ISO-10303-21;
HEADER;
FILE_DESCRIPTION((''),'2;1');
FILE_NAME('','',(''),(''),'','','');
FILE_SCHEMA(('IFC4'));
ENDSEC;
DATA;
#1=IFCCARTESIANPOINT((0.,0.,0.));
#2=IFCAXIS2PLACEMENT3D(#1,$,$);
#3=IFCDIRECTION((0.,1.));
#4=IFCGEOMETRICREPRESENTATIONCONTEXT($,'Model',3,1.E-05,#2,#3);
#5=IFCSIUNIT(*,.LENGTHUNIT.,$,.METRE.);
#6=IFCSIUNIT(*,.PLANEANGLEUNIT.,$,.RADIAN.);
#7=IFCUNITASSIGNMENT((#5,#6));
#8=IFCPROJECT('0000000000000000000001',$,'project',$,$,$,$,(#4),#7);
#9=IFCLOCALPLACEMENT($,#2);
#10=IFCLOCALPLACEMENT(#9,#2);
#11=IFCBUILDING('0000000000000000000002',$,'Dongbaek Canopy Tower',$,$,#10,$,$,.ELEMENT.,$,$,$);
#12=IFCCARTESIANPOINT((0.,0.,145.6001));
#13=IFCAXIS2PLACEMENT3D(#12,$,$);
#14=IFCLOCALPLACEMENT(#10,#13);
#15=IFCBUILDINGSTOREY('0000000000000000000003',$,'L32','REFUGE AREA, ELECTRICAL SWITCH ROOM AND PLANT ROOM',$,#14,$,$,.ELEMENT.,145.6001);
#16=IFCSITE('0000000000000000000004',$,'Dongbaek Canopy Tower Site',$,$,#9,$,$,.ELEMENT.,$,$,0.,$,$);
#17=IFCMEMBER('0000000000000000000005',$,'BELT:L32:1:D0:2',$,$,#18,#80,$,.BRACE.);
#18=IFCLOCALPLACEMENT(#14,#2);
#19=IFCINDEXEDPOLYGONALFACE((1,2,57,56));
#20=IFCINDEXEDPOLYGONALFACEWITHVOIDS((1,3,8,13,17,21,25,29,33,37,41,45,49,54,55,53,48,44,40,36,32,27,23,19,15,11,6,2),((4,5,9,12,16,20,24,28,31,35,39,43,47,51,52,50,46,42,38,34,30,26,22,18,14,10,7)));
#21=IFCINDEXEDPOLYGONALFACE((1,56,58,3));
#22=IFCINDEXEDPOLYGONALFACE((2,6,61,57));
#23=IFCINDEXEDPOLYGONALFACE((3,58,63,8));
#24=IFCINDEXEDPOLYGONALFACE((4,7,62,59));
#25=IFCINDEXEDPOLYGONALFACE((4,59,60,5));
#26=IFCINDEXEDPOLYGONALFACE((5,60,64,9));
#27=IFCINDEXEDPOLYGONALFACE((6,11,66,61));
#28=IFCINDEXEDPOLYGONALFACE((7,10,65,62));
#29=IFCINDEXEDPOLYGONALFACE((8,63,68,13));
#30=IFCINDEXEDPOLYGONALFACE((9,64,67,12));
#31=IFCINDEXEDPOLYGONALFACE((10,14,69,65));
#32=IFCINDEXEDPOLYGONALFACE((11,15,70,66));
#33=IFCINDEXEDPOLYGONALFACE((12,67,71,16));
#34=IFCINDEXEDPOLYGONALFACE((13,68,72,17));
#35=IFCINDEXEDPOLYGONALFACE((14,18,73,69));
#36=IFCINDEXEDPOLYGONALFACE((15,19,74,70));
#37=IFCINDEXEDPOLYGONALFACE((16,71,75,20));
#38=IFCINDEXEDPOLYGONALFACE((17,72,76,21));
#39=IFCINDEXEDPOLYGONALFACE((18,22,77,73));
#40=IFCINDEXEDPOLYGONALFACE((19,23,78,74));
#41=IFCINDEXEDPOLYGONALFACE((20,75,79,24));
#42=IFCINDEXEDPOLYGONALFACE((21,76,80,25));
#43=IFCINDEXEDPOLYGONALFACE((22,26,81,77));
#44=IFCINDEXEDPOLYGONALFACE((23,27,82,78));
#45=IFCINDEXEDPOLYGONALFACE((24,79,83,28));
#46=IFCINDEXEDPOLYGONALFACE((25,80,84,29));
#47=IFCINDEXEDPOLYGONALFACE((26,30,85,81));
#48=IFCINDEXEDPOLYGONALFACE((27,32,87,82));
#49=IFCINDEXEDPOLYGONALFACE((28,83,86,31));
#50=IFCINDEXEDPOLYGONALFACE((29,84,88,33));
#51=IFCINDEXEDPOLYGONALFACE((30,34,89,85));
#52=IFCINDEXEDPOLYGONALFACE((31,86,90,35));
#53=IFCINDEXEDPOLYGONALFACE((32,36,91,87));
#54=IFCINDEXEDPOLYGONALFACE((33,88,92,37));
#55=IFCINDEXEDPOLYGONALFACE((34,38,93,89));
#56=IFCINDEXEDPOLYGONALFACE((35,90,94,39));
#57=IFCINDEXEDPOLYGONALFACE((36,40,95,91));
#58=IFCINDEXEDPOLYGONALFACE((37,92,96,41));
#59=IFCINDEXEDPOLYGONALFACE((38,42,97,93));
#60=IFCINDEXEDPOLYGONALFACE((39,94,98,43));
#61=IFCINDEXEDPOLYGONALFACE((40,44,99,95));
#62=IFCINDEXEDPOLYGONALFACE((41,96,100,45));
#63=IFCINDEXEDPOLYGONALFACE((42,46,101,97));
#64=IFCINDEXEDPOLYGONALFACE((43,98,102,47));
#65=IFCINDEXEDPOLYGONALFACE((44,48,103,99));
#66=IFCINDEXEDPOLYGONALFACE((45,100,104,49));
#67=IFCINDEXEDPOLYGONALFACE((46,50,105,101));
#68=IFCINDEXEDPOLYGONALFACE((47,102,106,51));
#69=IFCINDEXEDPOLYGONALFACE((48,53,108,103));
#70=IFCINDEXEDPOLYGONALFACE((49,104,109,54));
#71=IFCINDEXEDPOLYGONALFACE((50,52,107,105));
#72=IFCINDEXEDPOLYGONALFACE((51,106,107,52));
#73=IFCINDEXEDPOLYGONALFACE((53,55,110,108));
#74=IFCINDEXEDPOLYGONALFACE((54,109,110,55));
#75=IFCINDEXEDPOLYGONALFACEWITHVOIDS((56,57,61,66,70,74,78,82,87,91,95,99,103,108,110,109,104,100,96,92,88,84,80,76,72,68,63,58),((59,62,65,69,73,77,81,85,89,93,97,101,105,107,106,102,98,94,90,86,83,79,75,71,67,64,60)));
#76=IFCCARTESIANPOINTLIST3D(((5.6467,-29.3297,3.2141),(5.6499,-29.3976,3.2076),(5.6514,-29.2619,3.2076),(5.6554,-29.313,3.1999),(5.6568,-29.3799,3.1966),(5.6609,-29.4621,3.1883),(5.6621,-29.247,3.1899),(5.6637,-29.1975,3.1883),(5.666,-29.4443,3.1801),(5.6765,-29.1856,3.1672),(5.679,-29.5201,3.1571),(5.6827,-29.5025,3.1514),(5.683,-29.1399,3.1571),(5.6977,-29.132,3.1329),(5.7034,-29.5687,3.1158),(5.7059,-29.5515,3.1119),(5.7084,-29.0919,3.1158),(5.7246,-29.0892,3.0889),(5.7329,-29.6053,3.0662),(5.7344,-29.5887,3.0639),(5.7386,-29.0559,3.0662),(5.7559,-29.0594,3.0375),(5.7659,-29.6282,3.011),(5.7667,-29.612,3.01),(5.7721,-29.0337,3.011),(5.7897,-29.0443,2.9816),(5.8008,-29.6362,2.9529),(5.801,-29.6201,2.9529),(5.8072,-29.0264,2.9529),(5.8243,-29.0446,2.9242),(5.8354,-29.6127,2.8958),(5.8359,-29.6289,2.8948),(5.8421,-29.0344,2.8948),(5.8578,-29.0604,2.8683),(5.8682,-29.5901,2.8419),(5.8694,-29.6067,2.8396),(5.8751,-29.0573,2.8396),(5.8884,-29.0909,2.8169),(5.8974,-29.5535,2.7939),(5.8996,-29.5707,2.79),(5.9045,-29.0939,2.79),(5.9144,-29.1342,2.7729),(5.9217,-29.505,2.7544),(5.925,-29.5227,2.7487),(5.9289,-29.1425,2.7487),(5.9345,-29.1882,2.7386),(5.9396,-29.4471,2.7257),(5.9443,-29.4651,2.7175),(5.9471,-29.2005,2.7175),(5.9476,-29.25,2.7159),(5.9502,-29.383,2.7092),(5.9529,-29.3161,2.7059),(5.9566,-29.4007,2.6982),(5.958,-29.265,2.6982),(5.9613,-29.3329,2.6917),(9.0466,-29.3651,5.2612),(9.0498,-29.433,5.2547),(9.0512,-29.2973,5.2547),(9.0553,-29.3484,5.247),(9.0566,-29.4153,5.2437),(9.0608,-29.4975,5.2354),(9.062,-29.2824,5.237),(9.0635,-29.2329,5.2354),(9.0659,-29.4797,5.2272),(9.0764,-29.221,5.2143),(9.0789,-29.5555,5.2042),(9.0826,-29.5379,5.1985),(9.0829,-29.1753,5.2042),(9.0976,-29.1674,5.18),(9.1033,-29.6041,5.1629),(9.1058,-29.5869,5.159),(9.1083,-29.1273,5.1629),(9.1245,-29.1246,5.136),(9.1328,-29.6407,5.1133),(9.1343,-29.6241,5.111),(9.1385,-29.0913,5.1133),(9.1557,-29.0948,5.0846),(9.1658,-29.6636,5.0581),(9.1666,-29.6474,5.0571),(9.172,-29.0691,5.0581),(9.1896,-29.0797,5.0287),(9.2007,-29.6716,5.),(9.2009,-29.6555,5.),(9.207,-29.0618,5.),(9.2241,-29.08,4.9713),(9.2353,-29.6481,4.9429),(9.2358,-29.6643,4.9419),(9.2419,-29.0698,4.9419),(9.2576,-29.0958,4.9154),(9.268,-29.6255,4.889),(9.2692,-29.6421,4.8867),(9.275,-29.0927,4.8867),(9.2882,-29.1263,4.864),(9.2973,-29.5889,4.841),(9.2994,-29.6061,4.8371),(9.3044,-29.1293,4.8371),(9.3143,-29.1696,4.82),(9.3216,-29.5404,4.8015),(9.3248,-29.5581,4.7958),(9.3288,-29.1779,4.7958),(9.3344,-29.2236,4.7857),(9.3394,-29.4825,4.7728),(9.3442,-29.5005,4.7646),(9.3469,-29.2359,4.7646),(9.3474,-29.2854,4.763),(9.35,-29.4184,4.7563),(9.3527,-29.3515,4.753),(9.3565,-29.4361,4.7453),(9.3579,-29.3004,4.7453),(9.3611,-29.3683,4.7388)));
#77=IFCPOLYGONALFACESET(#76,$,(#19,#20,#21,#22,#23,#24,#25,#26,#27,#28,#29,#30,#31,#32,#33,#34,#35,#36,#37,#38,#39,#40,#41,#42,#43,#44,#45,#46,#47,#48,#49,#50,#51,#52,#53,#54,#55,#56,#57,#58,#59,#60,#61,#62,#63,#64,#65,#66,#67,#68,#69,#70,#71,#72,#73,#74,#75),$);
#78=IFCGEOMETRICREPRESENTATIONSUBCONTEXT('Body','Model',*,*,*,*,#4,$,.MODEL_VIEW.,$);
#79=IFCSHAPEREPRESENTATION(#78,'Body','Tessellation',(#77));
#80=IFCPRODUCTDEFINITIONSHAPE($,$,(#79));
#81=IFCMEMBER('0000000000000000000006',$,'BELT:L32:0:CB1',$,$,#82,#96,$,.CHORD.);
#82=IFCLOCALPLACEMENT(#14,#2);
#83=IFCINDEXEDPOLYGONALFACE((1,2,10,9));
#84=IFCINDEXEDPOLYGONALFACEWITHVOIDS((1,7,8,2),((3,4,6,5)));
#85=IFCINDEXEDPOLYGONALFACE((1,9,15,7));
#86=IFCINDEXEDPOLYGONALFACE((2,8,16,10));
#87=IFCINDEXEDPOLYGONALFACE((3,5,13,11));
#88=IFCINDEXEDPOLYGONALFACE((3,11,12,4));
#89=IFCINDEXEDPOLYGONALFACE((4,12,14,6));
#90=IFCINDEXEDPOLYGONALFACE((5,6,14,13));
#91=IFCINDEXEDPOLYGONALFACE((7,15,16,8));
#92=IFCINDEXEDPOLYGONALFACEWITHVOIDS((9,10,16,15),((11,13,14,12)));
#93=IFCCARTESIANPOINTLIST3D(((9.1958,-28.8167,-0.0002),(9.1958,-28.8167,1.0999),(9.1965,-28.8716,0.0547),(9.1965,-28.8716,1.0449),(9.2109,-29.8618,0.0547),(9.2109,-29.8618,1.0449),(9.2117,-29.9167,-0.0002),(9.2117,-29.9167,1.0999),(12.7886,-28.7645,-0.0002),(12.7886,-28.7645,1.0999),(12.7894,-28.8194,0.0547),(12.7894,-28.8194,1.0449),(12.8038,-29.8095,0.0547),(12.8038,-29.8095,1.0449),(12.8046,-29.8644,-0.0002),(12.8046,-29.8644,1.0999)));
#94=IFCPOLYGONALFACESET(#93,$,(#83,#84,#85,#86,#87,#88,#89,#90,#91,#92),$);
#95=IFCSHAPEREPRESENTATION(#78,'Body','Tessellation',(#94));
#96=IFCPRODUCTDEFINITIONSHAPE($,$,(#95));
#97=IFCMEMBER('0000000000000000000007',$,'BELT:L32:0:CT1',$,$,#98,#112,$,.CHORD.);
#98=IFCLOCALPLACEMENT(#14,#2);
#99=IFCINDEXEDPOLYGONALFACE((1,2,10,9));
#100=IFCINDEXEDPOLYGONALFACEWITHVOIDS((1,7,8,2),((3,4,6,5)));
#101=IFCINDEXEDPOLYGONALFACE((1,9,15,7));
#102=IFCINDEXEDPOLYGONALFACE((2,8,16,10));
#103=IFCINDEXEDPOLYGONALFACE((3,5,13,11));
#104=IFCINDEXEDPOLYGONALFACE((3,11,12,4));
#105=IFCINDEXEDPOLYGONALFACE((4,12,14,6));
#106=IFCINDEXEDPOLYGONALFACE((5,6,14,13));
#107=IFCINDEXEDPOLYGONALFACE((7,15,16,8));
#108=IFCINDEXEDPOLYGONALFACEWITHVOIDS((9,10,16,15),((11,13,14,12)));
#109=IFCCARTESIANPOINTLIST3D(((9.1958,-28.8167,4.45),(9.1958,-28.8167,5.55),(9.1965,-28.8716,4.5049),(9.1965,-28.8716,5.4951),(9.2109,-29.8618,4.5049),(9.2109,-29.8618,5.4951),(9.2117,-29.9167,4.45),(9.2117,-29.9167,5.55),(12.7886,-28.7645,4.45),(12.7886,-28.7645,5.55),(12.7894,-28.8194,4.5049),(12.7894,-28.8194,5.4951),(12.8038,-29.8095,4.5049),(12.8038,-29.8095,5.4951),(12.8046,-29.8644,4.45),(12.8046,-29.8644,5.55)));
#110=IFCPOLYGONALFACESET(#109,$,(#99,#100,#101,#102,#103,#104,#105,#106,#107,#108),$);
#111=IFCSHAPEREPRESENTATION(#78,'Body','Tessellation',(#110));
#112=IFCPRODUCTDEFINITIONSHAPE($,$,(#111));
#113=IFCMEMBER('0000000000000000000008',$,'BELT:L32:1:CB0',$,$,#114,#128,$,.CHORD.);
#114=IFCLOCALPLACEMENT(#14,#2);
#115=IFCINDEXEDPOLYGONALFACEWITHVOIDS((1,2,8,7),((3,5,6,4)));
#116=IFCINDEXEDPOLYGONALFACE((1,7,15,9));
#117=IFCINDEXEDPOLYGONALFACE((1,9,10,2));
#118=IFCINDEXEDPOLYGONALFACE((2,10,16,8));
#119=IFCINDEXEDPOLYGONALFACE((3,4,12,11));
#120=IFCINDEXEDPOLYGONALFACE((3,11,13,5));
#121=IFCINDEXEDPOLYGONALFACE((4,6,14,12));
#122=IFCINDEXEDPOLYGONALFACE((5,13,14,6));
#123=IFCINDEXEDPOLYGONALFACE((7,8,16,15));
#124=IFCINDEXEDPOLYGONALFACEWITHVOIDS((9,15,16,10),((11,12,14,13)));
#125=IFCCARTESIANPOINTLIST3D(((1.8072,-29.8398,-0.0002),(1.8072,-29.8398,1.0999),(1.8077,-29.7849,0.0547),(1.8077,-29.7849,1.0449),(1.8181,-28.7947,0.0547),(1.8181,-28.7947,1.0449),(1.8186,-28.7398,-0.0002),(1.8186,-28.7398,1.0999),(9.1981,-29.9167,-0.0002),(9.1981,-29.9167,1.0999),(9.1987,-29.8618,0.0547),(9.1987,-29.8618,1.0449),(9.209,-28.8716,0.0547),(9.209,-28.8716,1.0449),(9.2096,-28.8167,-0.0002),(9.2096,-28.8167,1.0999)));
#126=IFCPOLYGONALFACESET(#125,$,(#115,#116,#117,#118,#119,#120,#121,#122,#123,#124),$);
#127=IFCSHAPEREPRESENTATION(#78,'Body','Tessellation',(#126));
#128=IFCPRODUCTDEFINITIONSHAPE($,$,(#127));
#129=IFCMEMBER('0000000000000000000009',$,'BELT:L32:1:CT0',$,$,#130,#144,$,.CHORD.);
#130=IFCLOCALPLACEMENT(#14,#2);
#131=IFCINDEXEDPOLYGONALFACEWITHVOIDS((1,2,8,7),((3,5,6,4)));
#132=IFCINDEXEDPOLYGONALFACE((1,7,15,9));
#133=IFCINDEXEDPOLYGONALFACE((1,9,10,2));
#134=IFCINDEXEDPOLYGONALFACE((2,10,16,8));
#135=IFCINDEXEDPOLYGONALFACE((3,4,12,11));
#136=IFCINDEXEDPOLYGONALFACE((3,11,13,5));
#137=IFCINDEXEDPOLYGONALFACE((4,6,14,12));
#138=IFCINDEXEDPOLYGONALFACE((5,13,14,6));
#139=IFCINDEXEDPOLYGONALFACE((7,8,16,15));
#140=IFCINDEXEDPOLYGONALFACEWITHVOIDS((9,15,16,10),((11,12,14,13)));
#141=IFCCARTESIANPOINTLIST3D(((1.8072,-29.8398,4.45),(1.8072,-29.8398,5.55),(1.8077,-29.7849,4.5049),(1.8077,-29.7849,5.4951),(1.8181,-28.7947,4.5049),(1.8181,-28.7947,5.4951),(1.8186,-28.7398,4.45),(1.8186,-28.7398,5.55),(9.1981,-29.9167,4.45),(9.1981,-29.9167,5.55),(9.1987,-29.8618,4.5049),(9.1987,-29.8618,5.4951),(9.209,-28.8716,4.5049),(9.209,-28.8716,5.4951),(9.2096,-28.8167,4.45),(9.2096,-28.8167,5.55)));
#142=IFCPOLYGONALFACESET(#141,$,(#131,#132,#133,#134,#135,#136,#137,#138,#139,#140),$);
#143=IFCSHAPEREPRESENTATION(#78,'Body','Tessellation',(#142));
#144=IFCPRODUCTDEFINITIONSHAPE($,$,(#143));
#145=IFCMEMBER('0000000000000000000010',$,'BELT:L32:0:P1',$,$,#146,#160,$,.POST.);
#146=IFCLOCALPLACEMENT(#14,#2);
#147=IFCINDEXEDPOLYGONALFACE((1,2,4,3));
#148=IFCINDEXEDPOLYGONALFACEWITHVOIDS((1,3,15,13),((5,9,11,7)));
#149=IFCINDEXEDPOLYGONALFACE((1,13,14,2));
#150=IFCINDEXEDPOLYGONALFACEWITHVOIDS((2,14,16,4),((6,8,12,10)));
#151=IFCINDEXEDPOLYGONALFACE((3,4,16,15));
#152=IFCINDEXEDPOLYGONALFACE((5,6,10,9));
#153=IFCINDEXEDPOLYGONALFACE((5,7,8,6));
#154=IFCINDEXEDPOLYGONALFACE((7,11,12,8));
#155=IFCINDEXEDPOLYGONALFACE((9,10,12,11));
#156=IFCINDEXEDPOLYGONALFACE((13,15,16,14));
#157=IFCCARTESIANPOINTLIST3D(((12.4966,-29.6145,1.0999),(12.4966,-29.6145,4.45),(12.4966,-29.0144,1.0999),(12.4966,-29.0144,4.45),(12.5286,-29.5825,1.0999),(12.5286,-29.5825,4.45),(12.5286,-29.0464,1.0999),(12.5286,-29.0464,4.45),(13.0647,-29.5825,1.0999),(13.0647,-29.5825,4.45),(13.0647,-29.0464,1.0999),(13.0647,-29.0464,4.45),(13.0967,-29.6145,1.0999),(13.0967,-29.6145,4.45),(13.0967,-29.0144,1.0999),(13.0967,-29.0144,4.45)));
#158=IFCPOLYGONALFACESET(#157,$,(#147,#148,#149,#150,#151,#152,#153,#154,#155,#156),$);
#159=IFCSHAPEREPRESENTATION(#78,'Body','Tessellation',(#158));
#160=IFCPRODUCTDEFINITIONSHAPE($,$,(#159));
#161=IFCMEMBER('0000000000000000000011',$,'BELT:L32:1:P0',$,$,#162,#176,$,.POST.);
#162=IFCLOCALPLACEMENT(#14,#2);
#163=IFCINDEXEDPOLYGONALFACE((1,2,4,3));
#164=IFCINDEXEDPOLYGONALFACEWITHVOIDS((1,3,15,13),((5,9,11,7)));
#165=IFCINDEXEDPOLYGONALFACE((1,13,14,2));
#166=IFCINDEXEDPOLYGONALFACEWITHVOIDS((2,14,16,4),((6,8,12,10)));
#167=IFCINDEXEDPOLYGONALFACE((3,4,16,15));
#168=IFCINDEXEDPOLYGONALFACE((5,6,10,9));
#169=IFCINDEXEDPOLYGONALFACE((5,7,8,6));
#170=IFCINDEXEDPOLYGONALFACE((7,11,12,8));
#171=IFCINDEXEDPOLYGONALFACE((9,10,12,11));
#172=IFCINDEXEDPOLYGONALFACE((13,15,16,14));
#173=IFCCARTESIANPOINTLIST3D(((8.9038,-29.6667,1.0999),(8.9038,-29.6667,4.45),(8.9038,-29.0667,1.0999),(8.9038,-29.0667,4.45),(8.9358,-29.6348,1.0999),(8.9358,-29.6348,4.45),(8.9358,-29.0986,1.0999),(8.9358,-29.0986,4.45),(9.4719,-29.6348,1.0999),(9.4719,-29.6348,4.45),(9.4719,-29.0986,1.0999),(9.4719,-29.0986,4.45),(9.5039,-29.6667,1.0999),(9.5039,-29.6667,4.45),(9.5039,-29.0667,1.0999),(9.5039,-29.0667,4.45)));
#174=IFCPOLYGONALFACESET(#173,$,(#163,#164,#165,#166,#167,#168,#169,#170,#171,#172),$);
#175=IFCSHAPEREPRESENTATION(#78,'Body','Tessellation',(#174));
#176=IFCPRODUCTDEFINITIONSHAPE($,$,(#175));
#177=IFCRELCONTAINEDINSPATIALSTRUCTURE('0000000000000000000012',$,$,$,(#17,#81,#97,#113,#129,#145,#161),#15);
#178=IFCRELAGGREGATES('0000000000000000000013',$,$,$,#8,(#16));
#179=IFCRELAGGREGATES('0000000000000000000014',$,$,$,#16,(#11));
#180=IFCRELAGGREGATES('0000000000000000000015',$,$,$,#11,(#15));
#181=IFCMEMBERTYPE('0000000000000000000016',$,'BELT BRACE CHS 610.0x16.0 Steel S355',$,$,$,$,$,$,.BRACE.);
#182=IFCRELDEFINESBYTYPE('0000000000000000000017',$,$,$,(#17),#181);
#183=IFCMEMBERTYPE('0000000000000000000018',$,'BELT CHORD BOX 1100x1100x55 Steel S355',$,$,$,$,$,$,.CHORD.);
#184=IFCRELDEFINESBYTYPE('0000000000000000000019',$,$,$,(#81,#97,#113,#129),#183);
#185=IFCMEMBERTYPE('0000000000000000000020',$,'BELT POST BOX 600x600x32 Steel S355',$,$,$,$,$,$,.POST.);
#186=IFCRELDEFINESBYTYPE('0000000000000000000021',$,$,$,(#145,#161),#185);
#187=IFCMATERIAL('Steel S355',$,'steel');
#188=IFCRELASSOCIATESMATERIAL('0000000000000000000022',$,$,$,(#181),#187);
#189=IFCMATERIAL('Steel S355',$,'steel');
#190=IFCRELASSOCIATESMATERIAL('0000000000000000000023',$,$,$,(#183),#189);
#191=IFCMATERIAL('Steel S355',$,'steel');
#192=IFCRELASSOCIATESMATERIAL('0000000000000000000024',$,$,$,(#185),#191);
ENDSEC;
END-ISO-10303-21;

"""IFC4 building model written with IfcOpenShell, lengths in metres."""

from ifc_helpers import new_model, si_unit, direction, frame, origin, origin_2d, place, context, subcontext, project, spatial, hollow_rectangle, hollow_circle, extrude, material, material_profile, profile_set, type_object, element, save


model = new_model("IFC4")

# Units and contexts
model_context = context("Model", 3, precision=1e-05, world=origin(), true_north=direction((0.0, 1.0)))
body_context = subcontext(model_context, "Body", "Model", "MODEL_VIEW")
ifc_project = project(units=[si_unit("LENGTHUNIT", "METRE"), si_unit("PLANEANGLEUNIT", "RADIAN")], contexts=[model_context])

# Site, building, storey
site_placement = place(None, origin())
site = spatial("IfcSite", under=ifc_project, at=site_placement, Name="Dongbaek Canopy Tower Site", CompositionType="ELEMENT", RefElevation=0.0)
building_placement = place(site_placement, origin())
building = spatial("IfcBuilding", under=site, at=building_placement, Name="Dongbaek Canopy Tower", CompositionType="ELEMENT")
storey_placement = place(building_placement, frame((0.0, 0.0, 145.6001)))
storey = spatial("IfcBuildingStorey", under=building, at=storey_placement, Name="L32", Description="REFUGE AREA, ELECTRICAL SWITCH ROOM AND PLANT ROOM", CompositionType="ELEMENT", Elevation=145.6001)

# Members
ifc_material_1 = material(Name="Steel S355", Category="steel")
ifc_material_profile_1 = material_profile(ifc_material_1, hollow_circle(Radius=0.3049, WallThickness=0.0161, at=origin_2d()), Name="BELT BRACE CHS 610.0x16.0 Steel S355")
ifc_profile_set_1 = profile_set([ifc_material_profile_1], Name="Steel S355")
member_type_1 = type_object("IfcMemberType", Name="BELT BRACE CHS 610.0x16.0 Steel S355", PredefinedType="BRACE", material=ifc_profile_set_1)
member_1_placement = place(storey_placement, frame((9.2039, -29.3667, 5.0), z_axis=(-0.85666, 0.00892, -0.515804), x_axis=(-0.010412, -0.999946, 0.0)))
element("IfcMember", 1, at=member_1_placement, inside=storey, type_object=member_type_1, Name="BELT:L32:1:D0:2", PredefinedType="BRACE", context=body_context, shape_type="SweptSolid", body=[
    extrude(hollow_circle(Radius=0.3049, WallThickness=0.0161, at=origin_2d()), origin(), (0.0, 0.0, 1.0), 3.9688),
])
ifc_material_2 = material(Name="Steel S355", Category="steel")
ifc_material_profile_2 = material_profile(ifc_material_2, hollow_rectangle(XDim=1.1001, YDim=1.1001, WallThickness=0.0549, at=origin_2d()), Name="BELT CHORD BOX 1100x1100x55 Steel S355")
ifc_profile_set_2 = profile_set([ifc_material_profile_2], Name="Steel S355")
member_type_2 = type_object("IfcMemberType", Name="BELT CHORD BOX 1100x1100x55 Steel S355", PredefinedType="CHORD", material=ifc_profile_set_2)
for number, where, z_axis, x_axis, name in (
    (2, (12.7966, -29.3145, 0.5498), (-0.999894, -0.01454, 0.0), (0.01454, -0.999894, 0.0), "BELT:L32:0:CB1"),
    (3, (12.7966, -29.3145, 5.0), (-0.999894, -0.01454, 0.0), (0.01454, -0.999894, 0.0), "BELT:L32:0:CT1"),
):
    element("IfcMember", number, at=place(storey_placement, frame(where, z_axis=z_axis, x_axis=x_axis)), inside=storey, type_object=member_type_2, Name=name, PredefinedType="CHORD", context=body_context, shape_type="SweptSolid", body=[
        extrude(hollow_rectangle(XDim=1.1001, YDim=1.1001, WallThickness=0.0549, at=origin_2d()), origin(), (0.0, 0.0, 1.0), 3.5933),
    ])
for number, where, z_axis, x_axis, name in (
    (4, (9.2039, -29.3667, 0.5498), (-0.999946, 0.010405, 0.0), (-0.010405, -0.999946, 0.0), "BELT:L32:1:CB0"),
    (5, (9.2039, -29.3667, 5.0), (-0.999946, 0.010405, 0.0), (-0.010405, -0.999946, 0.0), "BELT:L32:1:CT0"),
):
    element("IfcMember", number, at=place(storey_placement, frame(where, z_axis=z_axis, x_axis=x_axis)), inside=storey, type_object=member_type_2, Name=name, PredefinedType="CHORD", context=body_context, shape_type="SweptSolid", body=[
        extrude(hollow_rectangle(XDim=1.1001, YDim=1.1001, WallThickness=0.0549, at=origin_2d()), origin(), (0.0, 0.0, 1.0), 7.3914),
    ])
ifc_material_3 = material(Name="Steel S355", Category="steel")
ifc_material_profile_3 = material_profile(ifc_material_3, hollow_rectangle(XDim=0.6001, YDim=0.6001, WallThickness=0.032, at=origin_2d()), Name="BELT POST BOX 600x600x32 Steel S355")
ifc_profile_set_3 = profile_set([ifc_material_profile_3], Name="Steel S355")
member_type_3 = type_object("IfcMemberType", Name="BELT POST BOX 600x600x32 Steel S355", PredefinedType="POST", material=ifc_profile_set_3)
for number, where, z_axis, x_axis, name in (
    (6, (12.7966, -29.3145, 1.0999), (0.0, 0.0, 1.0), (1.0, 0.0, 0.0), "BELT:L32:0:P1"),
    (7, (9.2039, -29.3667, 1.0999), (0.0, 0.0, 1.0), (1.0, 0.0, 0.0), "BELT:L32:1:P0"),
):
    element("IfcMember", number, at=place(storey_placement, frame(where, z_axis=z_axis, x_axis=x_axis)), inside=storey, type_object=member_type_3, Name=name, PredefinedType="POST", context=body_context, shape_type="SweptSolid", body=[
        extrude(hollow_rectangle(XDim=0.6001, YDim=0.6001, WallThickness=0.032, at=origin_2d()), origin(), (0.0, 0.0, 1.0), 3.3501),
    ])

save(model, "model.ifc")
